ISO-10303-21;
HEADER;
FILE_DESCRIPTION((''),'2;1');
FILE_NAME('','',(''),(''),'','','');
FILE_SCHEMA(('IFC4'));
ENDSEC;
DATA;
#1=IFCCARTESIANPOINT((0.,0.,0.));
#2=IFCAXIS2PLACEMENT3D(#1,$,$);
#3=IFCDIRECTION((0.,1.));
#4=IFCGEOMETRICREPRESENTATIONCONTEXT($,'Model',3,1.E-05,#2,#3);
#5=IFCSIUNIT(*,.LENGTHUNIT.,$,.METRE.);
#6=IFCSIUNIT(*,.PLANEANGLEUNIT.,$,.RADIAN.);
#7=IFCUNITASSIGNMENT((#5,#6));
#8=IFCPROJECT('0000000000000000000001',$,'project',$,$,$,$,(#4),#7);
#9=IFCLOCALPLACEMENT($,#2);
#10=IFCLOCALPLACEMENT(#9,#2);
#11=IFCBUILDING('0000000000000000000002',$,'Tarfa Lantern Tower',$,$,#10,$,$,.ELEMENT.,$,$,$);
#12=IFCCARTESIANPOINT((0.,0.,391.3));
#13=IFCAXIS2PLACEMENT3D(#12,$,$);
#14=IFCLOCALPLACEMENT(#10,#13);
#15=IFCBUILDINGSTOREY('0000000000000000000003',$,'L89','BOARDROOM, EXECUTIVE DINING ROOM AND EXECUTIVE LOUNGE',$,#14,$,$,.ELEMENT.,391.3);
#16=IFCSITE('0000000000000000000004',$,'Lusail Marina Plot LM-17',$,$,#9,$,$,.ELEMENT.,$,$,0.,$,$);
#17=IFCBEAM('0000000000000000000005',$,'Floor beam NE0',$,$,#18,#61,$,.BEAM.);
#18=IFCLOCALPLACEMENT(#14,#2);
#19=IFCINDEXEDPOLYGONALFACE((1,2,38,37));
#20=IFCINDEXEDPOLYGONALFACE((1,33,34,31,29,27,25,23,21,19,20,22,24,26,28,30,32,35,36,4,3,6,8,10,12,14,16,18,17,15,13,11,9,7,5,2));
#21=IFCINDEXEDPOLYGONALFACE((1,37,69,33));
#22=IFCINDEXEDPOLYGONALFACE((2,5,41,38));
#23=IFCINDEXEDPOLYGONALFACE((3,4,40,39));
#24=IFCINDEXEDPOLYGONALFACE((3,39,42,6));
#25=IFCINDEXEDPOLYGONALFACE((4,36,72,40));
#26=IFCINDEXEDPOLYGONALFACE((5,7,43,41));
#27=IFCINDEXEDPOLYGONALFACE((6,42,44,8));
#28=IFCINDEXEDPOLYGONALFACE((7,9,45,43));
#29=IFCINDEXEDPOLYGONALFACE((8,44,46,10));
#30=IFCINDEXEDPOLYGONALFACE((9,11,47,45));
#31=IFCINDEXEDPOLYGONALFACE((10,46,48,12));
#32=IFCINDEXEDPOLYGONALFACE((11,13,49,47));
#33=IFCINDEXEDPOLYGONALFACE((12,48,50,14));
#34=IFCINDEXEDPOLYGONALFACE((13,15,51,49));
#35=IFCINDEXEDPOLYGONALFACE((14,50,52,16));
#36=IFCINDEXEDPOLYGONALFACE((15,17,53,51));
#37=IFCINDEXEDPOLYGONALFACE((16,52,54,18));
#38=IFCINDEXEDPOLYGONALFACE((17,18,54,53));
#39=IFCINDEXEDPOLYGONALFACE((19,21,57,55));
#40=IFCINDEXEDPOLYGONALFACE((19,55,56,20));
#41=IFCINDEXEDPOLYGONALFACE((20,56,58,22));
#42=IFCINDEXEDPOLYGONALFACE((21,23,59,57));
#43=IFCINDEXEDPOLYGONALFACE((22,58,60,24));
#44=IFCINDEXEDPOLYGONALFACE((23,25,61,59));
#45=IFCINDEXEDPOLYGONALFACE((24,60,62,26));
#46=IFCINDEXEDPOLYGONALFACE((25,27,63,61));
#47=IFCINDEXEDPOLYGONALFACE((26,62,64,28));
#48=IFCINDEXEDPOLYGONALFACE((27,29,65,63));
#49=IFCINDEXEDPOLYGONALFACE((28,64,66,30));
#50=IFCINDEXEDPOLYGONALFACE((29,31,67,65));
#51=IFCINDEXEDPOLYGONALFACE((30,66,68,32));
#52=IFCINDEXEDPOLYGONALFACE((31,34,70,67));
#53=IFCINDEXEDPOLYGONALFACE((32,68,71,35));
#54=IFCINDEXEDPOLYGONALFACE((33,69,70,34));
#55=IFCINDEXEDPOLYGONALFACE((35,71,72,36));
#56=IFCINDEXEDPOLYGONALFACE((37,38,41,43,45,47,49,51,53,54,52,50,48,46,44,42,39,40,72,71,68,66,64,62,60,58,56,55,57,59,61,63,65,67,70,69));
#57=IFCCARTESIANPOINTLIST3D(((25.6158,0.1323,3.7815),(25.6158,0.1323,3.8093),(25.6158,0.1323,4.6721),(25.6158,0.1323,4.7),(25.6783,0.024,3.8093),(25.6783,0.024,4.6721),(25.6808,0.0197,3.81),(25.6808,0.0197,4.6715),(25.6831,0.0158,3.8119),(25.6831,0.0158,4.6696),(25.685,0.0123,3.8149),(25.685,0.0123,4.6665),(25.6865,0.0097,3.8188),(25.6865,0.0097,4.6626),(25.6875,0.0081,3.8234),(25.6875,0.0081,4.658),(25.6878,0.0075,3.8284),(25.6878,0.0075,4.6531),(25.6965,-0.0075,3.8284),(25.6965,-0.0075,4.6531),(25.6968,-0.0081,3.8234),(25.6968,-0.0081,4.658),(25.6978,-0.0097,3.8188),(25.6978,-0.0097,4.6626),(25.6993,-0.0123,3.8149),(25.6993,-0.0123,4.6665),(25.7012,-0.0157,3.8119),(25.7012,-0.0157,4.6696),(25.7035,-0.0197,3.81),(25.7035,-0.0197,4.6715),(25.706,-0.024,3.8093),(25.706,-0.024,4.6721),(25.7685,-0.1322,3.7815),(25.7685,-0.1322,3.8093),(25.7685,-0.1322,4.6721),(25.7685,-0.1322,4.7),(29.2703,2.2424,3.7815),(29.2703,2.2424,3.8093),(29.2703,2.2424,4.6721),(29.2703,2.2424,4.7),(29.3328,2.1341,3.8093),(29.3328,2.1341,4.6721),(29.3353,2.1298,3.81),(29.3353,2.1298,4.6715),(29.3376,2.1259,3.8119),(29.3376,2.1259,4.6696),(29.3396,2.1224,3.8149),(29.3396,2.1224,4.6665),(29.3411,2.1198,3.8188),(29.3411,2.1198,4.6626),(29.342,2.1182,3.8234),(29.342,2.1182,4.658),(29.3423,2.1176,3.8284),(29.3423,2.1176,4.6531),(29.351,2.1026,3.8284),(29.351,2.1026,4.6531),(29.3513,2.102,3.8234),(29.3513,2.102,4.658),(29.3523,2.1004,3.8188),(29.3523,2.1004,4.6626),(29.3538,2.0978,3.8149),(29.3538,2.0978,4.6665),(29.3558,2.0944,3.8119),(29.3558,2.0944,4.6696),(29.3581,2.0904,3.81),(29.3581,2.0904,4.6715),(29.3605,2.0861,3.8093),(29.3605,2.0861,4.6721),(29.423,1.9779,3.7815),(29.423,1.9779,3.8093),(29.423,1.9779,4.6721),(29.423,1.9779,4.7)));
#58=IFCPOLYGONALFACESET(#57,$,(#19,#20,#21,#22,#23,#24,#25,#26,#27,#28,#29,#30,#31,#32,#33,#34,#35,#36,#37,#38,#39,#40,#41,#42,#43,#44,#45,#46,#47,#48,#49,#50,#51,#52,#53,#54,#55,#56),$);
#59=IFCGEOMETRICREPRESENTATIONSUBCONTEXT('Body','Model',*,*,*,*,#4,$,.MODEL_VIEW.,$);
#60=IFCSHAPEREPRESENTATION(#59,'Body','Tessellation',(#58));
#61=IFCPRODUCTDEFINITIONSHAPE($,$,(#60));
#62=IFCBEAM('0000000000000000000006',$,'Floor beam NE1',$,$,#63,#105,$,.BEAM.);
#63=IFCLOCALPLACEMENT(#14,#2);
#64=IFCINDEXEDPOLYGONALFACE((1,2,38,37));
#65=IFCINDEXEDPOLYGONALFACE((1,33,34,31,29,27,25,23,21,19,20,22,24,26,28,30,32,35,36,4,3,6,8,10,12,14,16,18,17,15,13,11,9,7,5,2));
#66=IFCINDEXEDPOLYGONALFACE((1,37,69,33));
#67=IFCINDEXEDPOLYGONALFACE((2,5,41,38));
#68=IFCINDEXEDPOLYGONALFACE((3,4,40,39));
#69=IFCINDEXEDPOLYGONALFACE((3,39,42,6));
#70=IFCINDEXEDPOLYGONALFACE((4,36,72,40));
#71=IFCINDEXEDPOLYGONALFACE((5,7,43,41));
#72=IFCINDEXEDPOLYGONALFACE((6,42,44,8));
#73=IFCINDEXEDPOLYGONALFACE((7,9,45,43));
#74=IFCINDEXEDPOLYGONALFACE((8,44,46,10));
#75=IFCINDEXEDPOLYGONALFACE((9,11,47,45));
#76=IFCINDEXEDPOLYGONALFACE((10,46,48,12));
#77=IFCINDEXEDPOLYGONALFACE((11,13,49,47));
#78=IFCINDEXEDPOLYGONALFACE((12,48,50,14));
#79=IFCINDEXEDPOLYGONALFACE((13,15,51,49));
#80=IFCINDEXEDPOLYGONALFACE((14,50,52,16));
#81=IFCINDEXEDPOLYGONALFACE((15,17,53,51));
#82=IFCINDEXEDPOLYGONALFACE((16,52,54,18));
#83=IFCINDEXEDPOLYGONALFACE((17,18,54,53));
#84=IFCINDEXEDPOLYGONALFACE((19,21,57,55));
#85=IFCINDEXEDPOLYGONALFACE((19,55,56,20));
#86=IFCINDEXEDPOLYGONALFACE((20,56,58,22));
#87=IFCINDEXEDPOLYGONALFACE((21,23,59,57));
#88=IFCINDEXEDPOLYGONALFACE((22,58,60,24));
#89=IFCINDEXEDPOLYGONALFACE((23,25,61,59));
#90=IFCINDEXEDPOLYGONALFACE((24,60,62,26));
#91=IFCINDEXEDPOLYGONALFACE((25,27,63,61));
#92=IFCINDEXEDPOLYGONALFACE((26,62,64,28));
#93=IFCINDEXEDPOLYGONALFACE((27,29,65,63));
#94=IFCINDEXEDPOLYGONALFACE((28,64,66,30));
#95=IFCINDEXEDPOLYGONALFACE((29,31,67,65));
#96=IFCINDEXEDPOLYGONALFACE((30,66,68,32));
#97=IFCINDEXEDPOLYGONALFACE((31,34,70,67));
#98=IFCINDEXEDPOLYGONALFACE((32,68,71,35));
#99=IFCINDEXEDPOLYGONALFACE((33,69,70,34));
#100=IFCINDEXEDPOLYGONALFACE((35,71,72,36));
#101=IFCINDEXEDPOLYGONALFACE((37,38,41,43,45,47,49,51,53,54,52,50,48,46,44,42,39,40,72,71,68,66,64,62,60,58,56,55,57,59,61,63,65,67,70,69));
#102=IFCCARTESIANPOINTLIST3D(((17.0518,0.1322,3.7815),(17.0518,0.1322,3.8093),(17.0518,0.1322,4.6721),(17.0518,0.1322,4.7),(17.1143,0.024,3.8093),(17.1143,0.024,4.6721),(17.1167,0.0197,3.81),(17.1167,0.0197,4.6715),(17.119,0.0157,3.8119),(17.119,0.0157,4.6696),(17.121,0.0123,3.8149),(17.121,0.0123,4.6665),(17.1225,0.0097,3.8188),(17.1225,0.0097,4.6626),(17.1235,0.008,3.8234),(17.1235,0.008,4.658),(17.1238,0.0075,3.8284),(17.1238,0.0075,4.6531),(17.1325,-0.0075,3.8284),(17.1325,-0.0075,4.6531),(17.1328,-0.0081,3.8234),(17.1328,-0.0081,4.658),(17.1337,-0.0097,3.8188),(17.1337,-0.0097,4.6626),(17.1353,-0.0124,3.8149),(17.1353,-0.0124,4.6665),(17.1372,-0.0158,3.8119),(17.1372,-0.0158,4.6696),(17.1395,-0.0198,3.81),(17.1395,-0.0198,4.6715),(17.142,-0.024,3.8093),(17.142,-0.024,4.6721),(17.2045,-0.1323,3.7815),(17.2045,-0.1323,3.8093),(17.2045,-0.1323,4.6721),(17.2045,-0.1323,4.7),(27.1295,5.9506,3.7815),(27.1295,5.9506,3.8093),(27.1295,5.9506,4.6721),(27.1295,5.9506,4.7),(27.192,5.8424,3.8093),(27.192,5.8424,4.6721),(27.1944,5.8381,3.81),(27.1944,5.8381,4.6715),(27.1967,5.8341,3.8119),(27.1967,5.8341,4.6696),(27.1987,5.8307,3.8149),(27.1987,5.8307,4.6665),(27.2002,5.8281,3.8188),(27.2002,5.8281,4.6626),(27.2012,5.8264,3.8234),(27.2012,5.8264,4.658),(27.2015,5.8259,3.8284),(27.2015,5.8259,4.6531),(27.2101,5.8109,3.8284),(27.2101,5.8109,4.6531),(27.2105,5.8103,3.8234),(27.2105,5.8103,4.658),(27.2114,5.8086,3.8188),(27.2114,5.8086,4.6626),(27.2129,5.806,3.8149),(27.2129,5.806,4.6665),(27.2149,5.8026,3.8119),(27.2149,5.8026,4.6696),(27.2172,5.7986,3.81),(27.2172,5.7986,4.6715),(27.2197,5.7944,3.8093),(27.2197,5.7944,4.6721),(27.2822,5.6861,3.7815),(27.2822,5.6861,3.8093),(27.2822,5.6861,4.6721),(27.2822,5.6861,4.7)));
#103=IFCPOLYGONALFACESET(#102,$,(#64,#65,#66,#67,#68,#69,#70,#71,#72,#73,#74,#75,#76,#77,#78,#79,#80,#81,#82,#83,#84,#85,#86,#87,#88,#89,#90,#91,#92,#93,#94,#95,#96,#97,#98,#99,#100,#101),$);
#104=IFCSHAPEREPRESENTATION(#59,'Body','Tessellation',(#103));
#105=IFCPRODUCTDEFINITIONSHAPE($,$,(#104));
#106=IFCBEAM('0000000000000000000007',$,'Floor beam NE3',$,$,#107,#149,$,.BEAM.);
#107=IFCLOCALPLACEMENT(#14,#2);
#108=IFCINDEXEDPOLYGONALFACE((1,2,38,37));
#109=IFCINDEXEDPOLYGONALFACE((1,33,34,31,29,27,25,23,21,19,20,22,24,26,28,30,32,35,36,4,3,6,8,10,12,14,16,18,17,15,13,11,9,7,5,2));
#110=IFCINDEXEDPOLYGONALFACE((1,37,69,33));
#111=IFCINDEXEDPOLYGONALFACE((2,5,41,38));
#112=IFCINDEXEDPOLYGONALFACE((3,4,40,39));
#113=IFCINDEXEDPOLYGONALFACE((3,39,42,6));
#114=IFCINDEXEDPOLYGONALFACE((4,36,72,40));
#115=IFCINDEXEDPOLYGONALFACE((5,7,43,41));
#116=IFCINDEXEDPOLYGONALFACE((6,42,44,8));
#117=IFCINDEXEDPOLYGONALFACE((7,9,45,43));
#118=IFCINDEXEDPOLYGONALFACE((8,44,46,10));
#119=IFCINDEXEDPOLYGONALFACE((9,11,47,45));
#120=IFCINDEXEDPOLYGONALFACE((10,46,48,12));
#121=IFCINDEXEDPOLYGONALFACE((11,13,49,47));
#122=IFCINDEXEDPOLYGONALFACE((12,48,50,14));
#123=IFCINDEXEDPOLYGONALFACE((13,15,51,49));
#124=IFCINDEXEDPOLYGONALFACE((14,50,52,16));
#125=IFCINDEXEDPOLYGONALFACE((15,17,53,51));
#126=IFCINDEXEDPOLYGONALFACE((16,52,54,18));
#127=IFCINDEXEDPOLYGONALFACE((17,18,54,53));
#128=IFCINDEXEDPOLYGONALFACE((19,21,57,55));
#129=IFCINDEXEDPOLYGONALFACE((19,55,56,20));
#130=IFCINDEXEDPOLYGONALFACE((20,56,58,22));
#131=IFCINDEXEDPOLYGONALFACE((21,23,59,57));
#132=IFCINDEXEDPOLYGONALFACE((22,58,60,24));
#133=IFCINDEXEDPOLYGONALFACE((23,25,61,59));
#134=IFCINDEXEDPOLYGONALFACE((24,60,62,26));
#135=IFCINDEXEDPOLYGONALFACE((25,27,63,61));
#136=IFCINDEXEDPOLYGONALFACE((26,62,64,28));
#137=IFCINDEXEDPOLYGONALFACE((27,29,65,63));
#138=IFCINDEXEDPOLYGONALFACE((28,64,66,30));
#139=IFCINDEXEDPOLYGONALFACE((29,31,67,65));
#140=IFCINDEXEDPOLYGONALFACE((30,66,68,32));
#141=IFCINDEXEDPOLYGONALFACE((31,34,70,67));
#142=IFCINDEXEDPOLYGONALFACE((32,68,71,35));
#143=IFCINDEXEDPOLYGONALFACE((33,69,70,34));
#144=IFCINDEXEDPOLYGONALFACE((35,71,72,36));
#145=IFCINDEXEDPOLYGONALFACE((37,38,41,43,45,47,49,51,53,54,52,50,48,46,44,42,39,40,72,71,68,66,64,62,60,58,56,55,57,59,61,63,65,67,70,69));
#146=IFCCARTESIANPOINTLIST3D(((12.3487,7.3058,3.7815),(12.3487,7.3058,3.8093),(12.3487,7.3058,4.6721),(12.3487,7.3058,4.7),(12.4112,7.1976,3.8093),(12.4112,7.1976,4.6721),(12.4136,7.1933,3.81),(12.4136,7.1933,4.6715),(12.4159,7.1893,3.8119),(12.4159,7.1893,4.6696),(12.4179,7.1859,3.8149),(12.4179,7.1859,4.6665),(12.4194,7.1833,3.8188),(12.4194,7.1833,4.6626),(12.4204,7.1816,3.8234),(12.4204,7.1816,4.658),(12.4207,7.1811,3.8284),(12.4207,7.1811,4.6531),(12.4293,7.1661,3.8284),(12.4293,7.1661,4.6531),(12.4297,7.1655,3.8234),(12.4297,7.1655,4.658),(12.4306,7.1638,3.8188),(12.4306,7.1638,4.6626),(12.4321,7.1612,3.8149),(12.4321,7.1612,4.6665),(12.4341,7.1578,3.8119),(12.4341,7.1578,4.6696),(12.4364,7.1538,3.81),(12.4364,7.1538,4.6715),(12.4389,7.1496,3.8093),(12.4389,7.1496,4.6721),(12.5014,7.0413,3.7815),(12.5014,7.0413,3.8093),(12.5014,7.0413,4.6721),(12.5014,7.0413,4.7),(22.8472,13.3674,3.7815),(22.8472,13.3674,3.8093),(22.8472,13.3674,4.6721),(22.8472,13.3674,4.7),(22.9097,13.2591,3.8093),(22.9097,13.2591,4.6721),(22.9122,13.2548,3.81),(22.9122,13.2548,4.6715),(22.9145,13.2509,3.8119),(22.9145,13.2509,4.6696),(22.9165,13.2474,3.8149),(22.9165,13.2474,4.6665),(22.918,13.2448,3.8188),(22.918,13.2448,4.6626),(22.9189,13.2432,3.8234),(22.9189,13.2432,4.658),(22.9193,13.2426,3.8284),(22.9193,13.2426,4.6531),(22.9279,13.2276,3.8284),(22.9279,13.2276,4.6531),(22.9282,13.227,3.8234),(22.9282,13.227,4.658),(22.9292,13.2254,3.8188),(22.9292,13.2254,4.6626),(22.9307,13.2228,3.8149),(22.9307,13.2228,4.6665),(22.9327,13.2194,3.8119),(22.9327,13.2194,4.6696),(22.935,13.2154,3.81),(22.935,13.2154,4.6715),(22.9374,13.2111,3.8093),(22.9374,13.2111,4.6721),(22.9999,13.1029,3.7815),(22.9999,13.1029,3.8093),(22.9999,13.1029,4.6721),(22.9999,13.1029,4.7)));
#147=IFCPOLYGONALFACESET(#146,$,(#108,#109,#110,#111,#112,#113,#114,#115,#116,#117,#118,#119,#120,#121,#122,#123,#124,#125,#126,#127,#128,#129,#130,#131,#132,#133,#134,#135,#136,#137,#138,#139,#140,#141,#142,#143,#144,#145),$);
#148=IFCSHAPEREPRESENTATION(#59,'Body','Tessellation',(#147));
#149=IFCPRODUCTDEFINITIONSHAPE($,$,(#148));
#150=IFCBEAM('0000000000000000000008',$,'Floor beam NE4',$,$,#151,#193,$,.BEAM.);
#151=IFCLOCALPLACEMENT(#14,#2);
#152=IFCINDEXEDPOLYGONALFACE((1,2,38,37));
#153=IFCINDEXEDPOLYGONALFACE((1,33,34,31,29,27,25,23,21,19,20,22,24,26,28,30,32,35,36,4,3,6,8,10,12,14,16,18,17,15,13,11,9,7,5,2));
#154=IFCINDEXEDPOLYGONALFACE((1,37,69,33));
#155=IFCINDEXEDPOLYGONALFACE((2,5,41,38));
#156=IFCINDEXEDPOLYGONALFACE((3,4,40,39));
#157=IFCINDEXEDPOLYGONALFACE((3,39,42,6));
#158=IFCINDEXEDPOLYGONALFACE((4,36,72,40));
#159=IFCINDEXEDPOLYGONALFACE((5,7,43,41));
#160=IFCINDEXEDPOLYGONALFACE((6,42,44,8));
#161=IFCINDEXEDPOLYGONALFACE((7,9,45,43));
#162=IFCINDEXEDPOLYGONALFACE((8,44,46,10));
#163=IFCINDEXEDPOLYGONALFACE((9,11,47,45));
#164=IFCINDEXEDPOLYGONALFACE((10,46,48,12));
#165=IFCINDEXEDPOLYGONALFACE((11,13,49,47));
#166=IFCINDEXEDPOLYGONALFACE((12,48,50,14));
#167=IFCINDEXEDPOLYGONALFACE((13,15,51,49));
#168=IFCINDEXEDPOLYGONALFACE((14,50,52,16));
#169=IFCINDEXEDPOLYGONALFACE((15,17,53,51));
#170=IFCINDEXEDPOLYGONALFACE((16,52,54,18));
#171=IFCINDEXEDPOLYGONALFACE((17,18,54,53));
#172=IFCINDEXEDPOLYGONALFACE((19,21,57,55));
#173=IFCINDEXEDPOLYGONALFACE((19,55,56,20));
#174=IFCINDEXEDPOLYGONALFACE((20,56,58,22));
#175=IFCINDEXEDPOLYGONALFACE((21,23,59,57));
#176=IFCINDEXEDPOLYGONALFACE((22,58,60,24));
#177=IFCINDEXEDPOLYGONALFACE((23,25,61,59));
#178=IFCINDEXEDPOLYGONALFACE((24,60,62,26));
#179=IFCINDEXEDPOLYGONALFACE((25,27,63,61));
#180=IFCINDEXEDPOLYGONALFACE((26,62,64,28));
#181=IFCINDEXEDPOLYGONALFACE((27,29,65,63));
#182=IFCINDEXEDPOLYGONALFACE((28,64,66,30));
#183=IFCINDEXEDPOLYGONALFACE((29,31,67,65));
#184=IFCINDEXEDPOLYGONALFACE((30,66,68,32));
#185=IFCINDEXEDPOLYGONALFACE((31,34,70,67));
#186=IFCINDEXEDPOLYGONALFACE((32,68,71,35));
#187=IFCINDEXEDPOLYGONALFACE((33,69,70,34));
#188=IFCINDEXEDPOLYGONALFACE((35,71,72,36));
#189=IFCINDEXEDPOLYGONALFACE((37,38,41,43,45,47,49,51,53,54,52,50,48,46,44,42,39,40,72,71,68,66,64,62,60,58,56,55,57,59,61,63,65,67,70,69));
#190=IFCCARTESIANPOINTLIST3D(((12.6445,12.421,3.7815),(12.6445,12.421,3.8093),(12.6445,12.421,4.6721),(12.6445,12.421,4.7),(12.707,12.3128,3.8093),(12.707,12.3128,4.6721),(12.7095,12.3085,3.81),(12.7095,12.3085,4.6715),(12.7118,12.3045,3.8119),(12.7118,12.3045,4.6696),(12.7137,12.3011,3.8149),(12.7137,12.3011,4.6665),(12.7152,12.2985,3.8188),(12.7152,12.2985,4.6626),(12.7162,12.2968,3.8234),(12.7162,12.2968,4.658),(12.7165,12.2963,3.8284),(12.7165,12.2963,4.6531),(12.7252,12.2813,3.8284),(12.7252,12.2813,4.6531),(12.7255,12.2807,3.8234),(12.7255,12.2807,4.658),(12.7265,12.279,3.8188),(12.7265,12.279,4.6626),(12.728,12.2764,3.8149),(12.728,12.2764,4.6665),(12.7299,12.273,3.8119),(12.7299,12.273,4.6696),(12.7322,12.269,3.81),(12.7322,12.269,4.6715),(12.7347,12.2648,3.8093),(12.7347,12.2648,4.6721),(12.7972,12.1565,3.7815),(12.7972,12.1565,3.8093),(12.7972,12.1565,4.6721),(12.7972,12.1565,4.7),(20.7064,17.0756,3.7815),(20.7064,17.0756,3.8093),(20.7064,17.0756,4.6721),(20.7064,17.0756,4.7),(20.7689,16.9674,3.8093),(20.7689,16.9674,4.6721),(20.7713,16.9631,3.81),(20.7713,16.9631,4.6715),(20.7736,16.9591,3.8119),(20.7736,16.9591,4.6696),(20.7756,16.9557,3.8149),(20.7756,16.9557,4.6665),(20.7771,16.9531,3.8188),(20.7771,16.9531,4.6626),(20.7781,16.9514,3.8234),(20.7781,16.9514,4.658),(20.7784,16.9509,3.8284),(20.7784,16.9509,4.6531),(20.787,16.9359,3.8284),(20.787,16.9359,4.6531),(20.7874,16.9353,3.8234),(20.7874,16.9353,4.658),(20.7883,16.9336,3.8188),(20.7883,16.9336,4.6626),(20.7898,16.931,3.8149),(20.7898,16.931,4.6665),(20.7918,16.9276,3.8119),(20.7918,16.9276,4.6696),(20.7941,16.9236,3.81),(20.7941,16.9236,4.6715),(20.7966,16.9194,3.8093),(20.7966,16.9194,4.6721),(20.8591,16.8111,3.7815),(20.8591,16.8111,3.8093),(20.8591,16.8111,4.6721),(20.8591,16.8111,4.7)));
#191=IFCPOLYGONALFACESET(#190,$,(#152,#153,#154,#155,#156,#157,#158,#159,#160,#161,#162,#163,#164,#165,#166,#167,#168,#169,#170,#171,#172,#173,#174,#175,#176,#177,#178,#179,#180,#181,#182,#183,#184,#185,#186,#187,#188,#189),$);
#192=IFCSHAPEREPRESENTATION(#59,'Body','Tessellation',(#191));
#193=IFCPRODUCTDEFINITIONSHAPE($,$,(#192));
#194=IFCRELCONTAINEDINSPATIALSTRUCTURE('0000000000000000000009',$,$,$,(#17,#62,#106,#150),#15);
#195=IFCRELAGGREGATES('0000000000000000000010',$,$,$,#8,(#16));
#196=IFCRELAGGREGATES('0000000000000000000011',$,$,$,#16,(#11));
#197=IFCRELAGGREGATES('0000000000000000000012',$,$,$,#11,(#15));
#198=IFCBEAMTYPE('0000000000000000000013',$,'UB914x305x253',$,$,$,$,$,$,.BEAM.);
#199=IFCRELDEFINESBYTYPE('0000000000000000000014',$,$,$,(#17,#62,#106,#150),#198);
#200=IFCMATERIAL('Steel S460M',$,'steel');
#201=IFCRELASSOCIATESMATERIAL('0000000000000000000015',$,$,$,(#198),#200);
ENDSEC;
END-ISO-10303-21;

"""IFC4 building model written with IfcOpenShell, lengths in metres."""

from ifc_helpers import new_model, si_unit, direction, frame, origin, origin_2d, place, context, subcontext, project, spatial, i_section, extrude, material, material_profile, profile_set, type_object, element, save


model = new_model("IFC4")

# Units and contexts
model_context = context("Model", 3, precision=1e-05, world=origin(), true_north=direction((0.0, 1.0)))
body_context = subcontext(model_context, "Body", "Model", "MODEL_VIEW")
ifc_project = project(units=[si_unit("LENGTHUNIT", "METRE"), si_unit("PLANEANGLEUNIT", "RADIAN")], contexts=[model_context])

# Site, building, storey
site_placement = place(None, origin())
site = spatial("IfcSite", under=ifc_project, at=site_placement, Name="Lusail Marina Plot LM-17", CompositionType="ELEMENT", RefElevation=0.0)
building_placement = place(site_placement, origin())
building = spatial("IfcBuilding", under=site, at=building_placement, Name="Tarfa Lantern Tower", CompositionType="ELEMENT")
storey_placement = place(building_placement, frame((0.0, 0.0, 391.3)))
storey = spatial("IfcBuildingStorey", under=building, at=storey_placement, Name="L89", Description="BOARDROOM, EXECUTIVE DINING ROOM AND EXECUTIVE LOUNGE", CompositionType="ELEMENT", Elevation=391.3)

# Beams
ifc_material_1 = material(Name="Steel S460M", Category="steel")
ifc_material_profile_1 = material_profile(ifc_material_1, i_section(OverallWidth=0.3054, OverallDepth=0.9185, WebThickness=0.0173, FlangeThickness=0.0278, FilletRadius=0.019, at=origin_2d()), Name="UB914x305x253")
ifc_profile_set_1 = profile_set([ifc_material_profile_1], Name="Steel S460M")
beam_type_1 = type_object("IfcBeamType", Name="UB914x305x253", PredefinedType="BEAM", material=ifc_profile_set_1)
beam_1_placement = place(storey_placement, frame((29.3467, 2.1101, 4.2407), z_axis=(-0.866009, -0.500028, 0.0), x_axis=(0.500028, -0.866009, 0.0)))
element("IfcBeam", 1, at=beam_1_placement, inside=storey, type_object=beam_type_1, Name="Floor beam NE0", PredefinedType="BEAM", context=body_context, shape_type="SweptSolid", body=[
    extrude(i_section(OverallWidth=0.3054, OverallDepth=0.9185, WebThickness=0.0173, FlangeThickness=0.0278, FilletRadius=0.019, at=origin_2d()), origin(), (0.0, 0.0, 1.0), 4.22),
])
beam_2_placement = place(storey_placement, frame((27.2058, 5.8184, 4.2407), z_axis=(-0.866024, -0.500002, 0.0), x_axis=(0.500002, -0.866024, 0.0)))
element("IfcBeam", 2, at=beam_2_placement, inside=storey, type_object=beam_type_1, Name="Floor beam NE1", PredefinedType="BEAM", context=body_context, shape_type="SweptSolid", body=[
    extrude(i_section(OverallWidth=0.3054, OverallDepth=0.9185, WebThickness=0.0173, FlangeThickness=0.0278, FilletRadius=0.019, at=origin_2d()), origin(), (0.0, 0.0, 1.0), 11.6367),
])
beam_3_placement = place(storey_placement, frame((22.9236, 13.2351, 4.2407), z_axis=(-0.866019, -0.500012, 0.0), x_axis=(0.500012, -0.866019, 0.0)))
element("IfcBeam", 3, at=beam_3_placement, inside=storey, type_object=beam_type_1, Name="Floor beam NE3", PredefinedType="BEAM", context=body_context, shape_type="SweptSolid", body=[
    extrude(i_section(OverallWidth=0.3054, OverallDepth=0.9185, WebThickness=0.0173, FlangeThickness=0.0278, FilletRadius=0.019, at=origin_2d()), origin(), (0.0, 0.0, 1.0), 12.1228),
])
beam_4_placement = place(storey_placement, frame((20.7827, 16.9434, 4.2407), z_axis=(-0.866022, -0.500006, 0.0), x_axis=(0.500006, -0.866022, 0.0)))
element("IfcBeam", 4, at=beam_4_placement, inside=storey, type_object=beam_type_1, Name="Floor beam NE4", PredefinedType="BEAM", context=body_context, shape_type="SweptSolid", body=[
    extrude(i_section(OverallWidth=0.3054, OverallDepth=0.9185, WebThickness=0.0173, FlangeThickness=0.0278, FilletRadius=0.019, at=origin_2d()), origin(), (0.0, 0.0, 1.0), 9.3091),
])

save(model, "model.ifc")
